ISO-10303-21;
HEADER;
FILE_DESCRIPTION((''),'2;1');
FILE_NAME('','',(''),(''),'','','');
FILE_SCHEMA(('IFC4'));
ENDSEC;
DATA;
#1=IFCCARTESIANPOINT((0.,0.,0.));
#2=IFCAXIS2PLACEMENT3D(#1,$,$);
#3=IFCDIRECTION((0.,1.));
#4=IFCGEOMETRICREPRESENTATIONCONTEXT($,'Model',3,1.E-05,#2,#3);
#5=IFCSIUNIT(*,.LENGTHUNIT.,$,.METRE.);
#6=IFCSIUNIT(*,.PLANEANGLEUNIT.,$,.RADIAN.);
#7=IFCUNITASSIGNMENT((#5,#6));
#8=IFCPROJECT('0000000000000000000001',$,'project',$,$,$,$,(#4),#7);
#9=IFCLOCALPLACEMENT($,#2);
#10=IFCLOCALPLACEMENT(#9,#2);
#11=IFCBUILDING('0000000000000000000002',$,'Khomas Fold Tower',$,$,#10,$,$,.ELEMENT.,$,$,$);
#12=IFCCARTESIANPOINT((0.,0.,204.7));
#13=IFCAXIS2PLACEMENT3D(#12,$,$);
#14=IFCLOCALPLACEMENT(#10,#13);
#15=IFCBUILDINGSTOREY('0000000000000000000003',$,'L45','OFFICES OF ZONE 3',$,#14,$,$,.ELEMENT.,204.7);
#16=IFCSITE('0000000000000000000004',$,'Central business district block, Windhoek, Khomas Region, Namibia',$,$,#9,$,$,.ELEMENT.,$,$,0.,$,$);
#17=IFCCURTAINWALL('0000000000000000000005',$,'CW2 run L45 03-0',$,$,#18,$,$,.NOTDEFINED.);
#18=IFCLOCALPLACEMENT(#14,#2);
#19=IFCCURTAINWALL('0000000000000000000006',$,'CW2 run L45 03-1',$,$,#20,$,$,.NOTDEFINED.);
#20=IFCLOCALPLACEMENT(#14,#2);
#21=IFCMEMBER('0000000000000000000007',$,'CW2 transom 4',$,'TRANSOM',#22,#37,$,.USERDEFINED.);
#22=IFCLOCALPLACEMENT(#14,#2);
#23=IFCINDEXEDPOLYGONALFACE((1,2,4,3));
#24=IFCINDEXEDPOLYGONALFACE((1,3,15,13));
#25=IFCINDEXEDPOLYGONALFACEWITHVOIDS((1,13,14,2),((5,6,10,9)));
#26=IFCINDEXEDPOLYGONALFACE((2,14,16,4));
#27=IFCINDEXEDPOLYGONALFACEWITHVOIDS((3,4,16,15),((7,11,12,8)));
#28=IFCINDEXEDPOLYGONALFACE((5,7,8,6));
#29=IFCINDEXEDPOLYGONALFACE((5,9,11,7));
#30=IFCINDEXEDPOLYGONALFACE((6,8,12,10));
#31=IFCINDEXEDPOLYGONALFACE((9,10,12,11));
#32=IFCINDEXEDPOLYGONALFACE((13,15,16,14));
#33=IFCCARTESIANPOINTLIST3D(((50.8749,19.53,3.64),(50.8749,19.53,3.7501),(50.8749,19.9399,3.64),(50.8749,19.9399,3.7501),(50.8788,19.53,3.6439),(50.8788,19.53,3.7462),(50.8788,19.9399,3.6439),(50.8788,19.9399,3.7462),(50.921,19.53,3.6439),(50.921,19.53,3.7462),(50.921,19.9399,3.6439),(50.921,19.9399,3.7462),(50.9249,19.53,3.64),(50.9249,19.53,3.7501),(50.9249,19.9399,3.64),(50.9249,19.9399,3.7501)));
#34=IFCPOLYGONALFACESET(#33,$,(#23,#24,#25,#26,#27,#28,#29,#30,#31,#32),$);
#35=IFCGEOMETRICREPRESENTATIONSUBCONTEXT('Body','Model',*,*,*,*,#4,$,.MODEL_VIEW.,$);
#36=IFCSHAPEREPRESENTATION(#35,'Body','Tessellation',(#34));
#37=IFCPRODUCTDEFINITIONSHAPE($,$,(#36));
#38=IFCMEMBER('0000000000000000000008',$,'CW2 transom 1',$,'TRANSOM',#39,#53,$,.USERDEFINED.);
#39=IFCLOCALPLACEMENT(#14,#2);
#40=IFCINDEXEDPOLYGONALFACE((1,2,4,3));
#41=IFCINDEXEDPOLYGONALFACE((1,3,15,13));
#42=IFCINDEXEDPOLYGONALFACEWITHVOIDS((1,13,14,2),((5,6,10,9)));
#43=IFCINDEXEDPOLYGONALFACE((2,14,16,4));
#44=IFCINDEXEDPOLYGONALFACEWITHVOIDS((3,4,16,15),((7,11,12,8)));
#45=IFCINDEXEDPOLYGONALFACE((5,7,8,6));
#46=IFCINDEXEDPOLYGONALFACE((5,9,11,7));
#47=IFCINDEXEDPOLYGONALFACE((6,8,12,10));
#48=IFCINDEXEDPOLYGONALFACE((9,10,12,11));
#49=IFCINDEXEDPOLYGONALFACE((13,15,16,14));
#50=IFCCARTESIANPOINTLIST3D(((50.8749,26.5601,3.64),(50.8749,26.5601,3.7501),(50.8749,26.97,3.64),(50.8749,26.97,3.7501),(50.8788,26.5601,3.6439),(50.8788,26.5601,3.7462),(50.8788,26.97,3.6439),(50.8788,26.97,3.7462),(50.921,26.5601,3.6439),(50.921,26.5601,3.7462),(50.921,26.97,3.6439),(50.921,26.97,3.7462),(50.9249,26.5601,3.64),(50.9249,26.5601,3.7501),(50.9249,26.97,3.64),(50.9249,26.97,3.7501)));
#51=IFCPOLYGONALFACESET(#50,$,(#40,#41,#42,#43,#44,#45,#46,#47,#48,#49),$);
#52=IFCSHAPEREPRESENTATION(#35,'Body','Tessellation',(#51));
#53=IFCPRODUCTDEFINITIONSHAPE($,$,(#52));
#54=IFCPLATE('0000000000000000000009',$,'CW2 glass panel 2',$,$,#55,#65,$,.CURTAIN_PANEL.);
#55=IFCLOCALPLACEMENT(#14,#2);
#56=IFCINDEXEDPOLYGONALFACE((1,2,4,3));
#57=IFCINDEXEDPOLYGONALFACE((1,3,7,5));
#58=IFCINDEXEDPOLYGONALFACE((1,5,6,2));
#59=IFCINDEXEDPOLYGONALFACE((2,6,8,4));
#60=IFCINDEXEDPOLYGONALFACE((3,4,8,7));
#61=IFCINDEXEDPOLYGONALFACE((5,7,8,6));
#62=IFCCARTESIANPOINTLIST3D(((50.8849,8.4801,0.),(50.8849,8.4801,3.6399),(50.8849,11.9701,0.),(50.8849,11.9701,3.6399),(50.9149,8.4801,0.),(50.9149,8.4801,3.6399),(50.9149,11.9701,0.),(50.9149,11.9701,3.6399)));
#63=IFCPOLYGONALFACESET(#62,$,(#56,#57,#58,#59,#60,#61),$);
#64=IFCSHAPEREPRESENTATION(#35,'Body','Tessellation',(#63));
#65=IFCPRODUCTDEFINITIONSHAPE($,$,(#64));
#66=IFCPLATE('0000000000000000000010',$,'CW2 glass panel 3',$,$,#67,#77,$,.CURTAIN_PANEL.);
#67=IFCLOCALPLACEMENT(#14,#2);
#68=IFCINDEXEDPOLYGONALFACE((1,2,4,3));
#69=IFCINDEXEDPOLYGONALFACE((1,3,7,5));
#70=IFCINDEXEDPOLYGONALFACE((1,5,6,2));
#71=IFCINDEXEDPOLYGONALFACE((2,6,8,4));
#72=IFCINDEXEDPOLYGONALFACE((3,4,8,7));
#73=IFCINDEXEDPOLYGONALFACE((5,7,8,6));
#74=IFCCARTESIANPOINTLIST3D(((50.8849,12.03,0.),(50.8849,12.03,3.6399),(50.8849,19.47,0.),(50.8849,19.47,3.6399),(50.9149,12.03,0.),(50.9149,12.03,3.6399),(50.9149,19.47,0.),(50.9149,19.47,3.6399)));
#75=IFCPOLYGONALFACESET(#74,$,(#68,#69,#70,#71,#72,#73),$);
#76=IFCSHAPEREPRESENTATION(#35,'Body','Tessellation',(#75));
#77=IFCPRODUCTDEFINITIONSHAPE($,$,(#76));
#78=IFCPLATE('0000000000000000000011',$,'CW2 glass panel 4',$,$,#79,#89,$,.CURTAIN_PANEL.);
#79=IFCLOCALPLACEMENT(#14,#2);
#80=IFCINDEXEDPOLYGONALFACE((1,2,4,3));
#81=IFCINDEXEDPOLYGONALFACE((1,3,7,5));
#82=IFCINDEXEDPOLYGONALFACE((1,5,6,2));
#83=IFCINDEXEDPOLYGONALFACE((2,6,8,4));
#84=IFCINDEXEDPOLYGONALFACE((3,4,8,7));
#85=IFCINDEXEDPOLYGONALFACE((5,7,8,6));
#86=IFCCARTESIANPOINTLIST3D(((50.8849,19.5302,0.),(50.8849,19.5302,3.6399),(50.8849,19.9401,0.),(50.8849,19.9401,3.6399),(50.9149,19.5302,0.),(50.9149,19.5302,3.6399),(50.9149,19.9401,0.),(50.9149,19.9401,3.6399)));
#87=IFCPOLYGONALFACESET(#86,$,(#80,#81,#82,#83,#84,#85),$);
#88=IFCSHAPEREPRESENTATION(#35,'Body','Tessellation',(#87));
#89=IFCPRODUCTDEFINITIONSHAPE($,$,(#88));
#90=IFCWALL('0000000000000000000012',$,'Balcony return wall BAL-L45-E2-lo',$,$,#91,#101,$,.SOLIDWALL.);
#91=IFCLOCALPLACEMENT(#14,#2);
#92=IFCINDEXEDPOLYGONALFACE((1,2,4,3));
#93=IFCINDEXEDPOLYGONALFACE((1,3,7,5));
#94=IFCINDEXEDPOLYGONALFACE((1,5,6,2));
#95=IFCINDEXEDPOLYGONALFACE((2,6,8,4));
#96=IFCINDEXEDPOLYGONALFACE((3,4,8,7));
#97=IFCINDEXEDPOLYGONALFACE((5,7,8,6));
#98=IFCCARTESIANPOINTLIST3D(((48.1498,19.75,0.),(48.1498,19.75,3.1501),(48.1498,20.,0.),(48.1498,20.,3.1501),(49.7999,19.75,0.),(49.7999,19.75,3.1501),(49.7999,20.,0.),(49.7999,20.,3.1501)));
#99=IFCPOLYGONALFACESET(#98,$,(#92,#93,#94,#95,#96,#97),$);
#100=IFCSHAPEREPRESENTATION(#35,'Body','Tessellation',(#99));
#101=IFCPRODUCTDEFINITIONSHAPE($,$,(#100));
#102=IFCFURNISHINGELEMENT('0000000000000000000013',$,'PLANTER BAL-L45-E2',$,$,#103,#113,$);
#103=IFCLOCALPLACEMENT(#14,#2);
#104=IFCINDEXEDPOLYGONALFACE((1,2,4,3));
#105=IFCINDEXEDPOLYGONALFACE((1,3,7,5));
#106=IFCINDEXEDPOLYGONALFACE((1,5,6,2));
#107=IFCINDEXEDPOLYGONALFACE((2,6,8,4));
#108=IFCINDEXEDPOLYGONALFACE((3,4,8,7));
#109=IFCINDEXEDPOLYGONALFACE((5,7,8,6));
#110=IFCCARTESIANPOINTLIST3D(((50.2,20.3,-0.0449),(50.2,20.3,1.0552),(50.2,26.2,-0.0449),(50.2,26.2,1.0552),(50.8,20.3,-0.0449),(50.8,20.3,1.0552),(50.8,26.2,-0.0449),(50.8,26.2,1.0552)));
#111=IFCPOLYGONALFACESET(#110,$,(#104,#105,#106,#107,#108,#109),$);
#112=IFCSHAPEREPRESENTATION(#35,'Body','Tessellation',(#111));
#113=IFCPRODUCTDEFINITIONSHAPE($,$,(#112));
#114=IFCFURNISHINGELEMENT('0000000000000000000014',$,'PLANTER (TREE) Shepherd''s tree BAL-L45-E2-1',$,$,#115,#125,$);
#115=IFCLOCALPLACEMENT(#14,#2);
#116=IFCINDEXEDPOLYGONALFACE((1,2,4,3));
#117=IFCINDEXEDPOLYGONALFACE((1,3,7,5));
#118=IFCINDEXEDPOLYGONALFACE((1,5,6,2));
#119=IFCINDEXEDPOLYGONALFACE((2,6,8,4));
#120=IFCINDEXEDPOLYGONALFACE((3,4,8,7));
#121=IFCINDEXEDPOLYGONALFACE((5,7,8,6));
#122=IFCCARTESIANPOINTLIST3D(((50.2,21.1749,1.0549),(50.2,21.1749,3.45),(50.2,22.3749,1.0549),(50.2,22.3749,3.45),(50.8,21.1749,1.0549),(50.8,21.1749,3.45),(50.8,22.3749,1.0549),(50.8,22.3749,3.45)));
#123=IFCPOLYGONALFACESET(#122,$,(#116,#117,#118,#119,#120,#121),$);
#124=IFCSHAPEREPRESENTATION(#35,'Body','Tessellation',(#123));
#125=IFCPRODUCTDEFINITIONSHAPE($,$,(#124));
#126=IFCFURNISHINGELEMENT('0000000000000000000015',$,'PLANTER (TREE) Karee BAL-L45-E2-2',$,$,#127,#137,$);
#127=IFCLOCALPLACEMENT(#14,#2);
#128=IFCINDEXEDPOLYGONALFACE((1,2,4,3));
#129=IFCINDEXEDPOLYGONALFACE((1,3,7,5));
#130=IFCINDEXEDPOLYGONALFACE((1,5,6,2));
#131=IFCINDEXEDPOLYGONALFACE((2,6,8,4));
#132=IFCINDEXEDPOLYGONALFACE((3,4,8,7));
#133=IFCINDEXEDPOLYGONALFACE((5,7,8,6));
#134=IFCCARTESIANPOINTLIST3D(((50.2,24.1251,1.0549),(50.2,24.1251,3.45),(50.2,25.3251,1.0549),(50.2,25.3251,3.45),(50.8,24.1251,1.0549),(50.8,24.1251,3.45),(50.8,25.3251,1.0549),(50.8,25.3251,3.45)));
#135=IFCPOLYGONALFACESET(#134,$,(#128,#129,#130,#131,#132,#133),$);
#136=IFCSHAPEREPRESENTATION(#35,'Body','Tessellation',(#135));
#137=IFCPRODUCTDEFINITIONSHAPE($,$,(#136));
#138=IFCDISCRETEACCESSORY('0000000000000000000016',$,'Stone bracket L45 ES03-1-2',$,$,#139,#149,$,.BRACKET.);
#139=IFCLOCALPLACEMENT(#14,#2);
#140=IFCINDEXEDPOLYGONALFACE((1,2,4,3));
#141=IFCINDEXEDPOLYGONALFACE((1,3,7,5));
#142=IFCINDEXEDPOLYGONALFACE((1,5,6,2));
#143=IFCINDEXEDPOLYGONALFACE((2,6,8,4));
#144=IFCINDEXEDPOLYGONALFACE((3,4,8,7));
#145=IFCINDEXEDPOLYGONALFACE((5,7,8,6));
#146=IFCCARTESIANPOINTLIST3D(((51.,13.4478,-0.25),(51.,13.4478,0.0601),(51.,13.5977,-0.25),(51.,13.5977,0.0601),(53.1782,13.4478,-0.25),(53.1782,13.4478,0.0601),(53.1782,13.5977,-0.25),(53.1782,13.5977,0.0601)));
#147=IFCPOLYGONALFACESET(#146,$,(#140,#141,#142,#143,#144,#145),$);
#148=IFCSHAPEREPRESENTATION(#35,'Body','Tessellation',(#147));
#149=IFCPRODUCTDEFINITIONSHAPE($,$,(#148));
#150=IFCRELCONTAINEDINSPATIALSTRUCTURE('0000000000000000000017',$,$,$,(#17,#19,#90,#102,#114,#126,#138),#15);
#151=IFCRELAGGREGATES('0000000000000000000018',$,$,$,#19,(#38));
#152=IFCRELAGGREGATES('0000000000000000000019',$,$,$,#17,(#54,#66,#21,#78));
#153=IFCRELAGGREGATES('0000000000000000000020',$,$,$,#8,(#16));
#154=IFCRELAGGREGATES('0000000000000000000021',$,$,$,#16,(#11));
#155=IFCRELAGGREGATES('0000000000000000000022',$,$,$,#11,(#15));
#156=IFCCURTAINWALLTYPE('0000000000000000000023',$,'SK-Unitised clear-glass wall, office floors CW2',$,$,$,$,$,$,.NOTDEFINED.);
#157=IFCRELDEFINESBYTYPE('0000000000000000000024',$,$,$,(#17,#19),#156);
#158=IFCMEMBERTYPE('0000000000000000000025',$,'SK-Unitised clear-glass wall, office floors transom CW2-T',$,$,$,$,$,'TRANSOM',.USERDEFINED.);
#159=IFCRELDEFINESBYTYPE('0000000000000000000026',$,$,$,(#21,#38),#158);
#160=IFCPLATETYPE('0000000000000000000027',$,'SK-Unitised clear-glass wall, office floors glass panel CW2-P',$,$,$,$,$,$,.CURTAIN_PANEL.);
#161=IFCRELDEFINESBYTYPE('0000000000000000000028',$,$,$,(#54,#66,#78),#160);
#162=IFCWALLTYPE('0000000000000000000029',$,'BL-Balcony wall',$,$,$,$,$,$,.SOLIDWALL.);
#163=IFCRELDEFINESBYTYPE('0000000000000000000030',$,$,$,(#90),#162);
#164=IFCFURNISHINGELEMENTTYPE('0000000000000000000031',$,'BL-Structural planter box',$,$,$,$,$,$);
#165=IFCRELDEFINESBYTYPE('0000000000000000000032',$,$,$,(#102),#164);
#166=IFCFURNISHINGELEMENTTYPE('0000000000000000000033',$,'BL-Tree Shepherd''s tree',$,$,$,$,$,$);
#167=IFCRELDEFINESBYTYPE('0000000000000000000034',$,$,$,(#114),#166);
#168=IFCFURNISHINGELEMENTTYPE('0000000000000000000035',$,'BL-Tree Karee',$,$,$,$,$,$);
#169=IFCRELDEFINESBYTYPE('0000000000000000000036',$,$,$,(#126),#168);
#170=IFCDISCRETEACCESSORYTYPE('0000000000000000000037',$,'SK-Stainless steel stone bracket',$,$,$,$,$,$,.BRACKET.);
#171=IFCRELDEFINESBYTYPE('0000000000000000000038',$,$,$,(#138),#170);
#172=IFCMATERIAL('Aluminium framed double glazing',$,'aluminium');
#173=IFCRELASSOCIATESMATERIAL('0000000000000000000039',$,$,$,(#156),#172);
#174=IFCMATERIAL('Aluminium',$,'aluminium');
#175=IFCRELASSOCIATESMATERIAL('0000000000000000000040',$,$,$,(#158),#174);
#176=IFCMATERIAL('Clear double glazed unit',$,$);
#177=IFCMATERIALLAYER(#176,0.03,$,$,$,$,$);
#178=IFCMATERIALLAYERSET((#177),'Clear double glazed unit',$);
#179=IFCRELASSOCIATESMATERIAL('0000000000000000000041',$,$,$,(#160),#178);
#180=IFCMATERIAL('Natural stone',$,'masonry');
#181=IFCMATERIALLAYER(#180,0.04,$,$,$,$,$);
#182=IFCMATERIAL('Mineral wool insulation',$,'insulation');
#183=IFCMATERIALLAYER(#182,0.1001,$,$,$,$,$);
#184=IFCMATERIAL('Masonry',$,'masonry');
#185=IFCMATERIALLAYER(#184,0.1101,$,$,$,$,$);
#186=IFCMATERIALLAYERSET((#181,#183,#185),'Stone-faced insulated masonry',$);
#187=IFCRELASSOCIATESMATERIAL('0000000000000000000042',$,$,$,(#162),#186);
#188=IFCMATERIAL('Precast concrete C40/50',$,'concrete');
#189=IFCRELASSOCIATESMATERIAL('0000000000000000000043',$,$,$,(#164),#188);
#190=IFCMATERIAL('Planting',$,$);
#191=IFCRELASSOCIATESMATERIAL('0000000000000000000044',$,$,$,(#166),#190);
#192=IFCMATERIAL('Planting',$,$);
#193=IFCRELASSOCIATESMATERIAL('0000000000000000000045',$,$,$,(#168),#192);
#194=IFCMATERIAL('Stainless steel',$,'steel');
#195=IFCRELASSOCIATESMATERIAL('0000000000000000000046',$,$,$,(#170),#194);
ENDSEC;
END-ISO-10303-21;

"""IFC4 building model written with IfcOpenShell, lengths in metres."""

from ifc_helpers import new_model, si_unit, direction, frame, frame_2d, origin, origin_2d, place, context, subcontext, project, spatial, rectangle, hollow_rectangle, extrude, source, transform, mapped, material, layer, layer_set, material_profile, profile_set, type_object, element, aggregate, save


model = new_model("IFC4")

# Units and contexts
model_context = context("Model", 3, precision=1e-05, world=origin(), true_north=direction((0.0, 1.0)))
body_context = subcontext(model_context, "Body", "Model", "MODEL_VIEW")
ifc_project = project(units=[si_unit("LENGTHUNIT", "METRE"), si_unit("PLANEANGLEUNIT", "RADIAN")], contexts=[model_context])

# Site, building, storey
site_placement = place(None, origin())
site = spatial("IfcSite", under=ifc_project, at=site_placement, Name="Central business district block, Windhoek, Khomas Region, Namibia", CompositionType="ELEMENT", RefElevation=0.0)
building_placement = place(site_placement, origin())
building = spatial("IfcBuilding", under=site, at=building_placement, Name="Khomas Fold Tower", CompositionType="ELEMENT")
storey_placement = place(building_placement, frame((0.0, 0.0, 204.7)))
storey = spatial("IfcBuildingStorey", under=building, at=storey_placement, Name="L45", Description="OFFICES OF ZONE 3", CompositionType="ELEMENT", Elevation=204.7)

# Curtain wall
ifc_material_1 = material(Name="Aluminium framed double glazing", Category="aluminium")
curtain_wall_type = type_object("IfcCurtainWallType", Name="SK-Unitised clear-glass wall, office floors CW2", PredefinedType="NOTDEFINED", material=ifc_material_1)
curtain_wall_1_placement = place(storey_placement, origin())
curtain_wall_1 = element("IfcCurtainWall", 1, at=curtain_wall_1_placement, inside=storey, type_object=curtain_wall_type, Name="CW2 run L45 03-0", PredefinedType="NOTDEFINED")

# Curtain wall
curtain_wall_2_placement = place(storey_placement, origin())
curtain_wall_2 = element("IfcCurtainWall", 2, at=curtain_wall_2_placement, inside=storey, type_object=curtain_wall_type, Name="CW2 run L45 03-1", PredefinedType="NOTDEFINED")

# Members
ifc_material_2 = material(Name="Aluminium", Category="aluminium")
ifc_material_profile_1 = material_profile(ifc_material_2, hollow_rectangle(XDim=0.05, YDim=0.1101, WallThickness=0.0039, at=origin_2d()), Name="SK-Unitised clear-glass wall, office floors transom CW2-T")
ifc_profile_set_1 = profile_set([ifc_material_profile_1], Name="Aluminium")
member_type_1 = type_object("IfcMemberType", Name="SK-Unitised clear-glass wall, office floors transom CW2-T", ElementType="TRANSOM", PredefinedType="USERDEFINED", material=ifc_profile_set_1)
shared_shape_1 = source(origin(), body_context, "Body", "SweptSolid", [
    extrude(hollow_rectangle(XDim=0.05, YDim=0.1101, WallThickness=0.0039, at=origin_2d()), origin(), (0.0, 0.0, 1.0), 0.4099),
])
member_1_placement = place(storey_placement, frame((50.8999, 19.53, 3.6951), z_axis=(0.0, 1.0, 0.0), x_axis=(-1.0, 0.0, 0.0)))
member_1 = element("IfcMember", 3, at=member_1_placement, type_object=member_type_1, Name="CW2 transom 4", ObjectType="TRANSOM", PredefinedType="USERDEFINED", context=body_context, shape_type="MappedRepresentation", body=[
    mapped(shared_shape_1, transform((0.0, 0.0, 0.0))),
])
member_2_placement = place(storey_placement, frame((50.8999, 26.5601, 3.6951), z_axis=(0.0, 1.0, 0.0), x_axis=(-1.0, 0.0, 0.0)))
member_2 = element("IfcMember", 4, at=member_2_placement, type_object=member_type_1, Name="CW2 transom 1", ObjectType="TRANSOM", PredefinedType="USERDEFINED", context=body_context, shape_type="MappedRepresentation", body=[
    mapped(shared_shape_1, transform((0.0, 0.0, 0.0))),
])
aggregate(curtain_wall_2, [member_2])

# Plates
ifc_material_3 = material(Name="Clear double glazed unit")
ifc_layer_1 = layer(ifc_material_3, 0.03)
ifc_layer_set_1 = layer_set([ifc_layer_1], Name="Clear double glazed unit")
plate_type = type_object("IfcPlateType", Name="SK-Unitised clear-glass wall, office floors glass panel CW2-P", PredefinedType="CURTAIN_PANEL", material=ifc_layer_set_1)
shared_shape_2 = source(origin(), body_context, "Body", "SweptSolid", [
    extrude(rectangle(XDim=3.49, YDim=0.03, at=origin_2d()), origin(), (0.0, 0.0, 1.0), 3.6399),
])
plate_1_placement = place(storey_placement, frame((50.8999, 10.2251, 0.0), z_axis=(0.0, 0.0, 1.0), x_axis=(0.0, 1.0, 0.0)))
plate_1 = element("IfcPlate", 5, at=plate_1_placement, type_object=plate_type, Name="CW2 glass panel 2", PredefinedType="CURTAIN_PANEL", context=body_context, shape_type="MappedRepresentation", body=[
    mapped(shared_shape_2, transform((0.0, 0.0, 0.0))),
])
shared_shape_3 = source(origin(), body_context, "Body", "SweptSolid", [
    extrude(rectangle(XDim=7.4399, YDim=0.03, at=origin_2d()), origin(), (0.0, 0.0, 1.0), 3.6399),
])
plate_2_placement = place(storey_placement, frame((50.8999, 15.75, 0.0), z_axis=(0.0, 0.0, 1.0), x_axis=(0.0, 1.0, 0.0)))
plate_2 = element("IfcPlate", 6, at=plate_2_placement, type_object=plate_type, Name="CW2 glass panel 3", PredefinedType="CURTAIN_PANEL", context=body_context, shape_type="MappedRepresentation", body=[
    mapped(shared_shape_3, transform((0.0, 0.0, 0.0))),
])
shared_shape_4 = source(origin(), body_context, "Body", "SweptSolid", [
    extrude(rectangle(XDim=0.4099, YDim=0.03, at=origin_2d()), origin(), (0.0, 0.0, 1.0), 3.6399),
])
plate_3_placement = place(storey_placement, frame((50.8999, 19.7351, 0.0), z_axis=(0.0, 0.0, 1.0), x_axis=(0.0, 1.0, 0.0)))
plate_3 = element("IfcPlate", 7, at=plate_3_placement, type_object=plate_type, Name="CW2 glass panel 4", PredefinedType="CURTAIN_PANEL", context=body_context, shape_type="MappedRepresentation", body=[
    mapped(shared_shape_4, transform((0.0, 0.0, 0.0))),
])
aggregate(curtain_wall_1, [plate_1, plate_2, member_1, plate_3])

# Shared definitions
ifc_material_4 = material(Name="Natural stone", Category="masonry")
ifc_layer_2 = layer(ifc_material_4, 0.04)
ifc_material_5 = material(Name="Mineral wool insulation", Category="insulation")
ifc_layer_3 = layer(ifc_material_5, 0.1001)
ifc_material_6 = material(Name="Masonry", Category="masonry")
ifc_layer_4 = layer(ifc_material_6, 0.1101)
ifc_layer_set_2 = layer_set([ifc_layer_2, ifc_layer_3, ifc_layer_4], Name="Stone-faced insulated masonry")
wall_type = type_object("IfcWallType", Name="BL-Balcony wall", PredefinedType="SOLIDWALL", material=ifc_layer_set_2)

# Wall
shared_shape_5 = source(origin(), body_context, "Body", "SweptSolid", [
    extrude(rectangle(XDim=1.6501, YDim=0.25, at=frame_2d((0.8252, 0.0))), origin(), (0.0, 0.0, 1.0), 3.1501),
])
wall_1_placement = place(storey_placement, frame((49.8, 19.875, 0.0), z_axis=(0.0, 0.0, 1.0), x_axis=(-1.0, 0.0, 0.0)))
element("IfcWall", 8, at=wall_1_placement, inside=storey, type_object=wall_type, Name="Balcony return wall BAL-L45-E2-lo", PredefinedType="SOLIDWALL", context=body_context, shape_type="MappedRepresentation", body=[
    mapped(shared_shape_5, transform((0.0, 0.0, 0.0))),
])

# Furnishing elements
ifc_material_7 = material(Name="Precast concrete C40/50", Category="concrete")
furnishing_element_type_1 = type_object("IfcFurnishingElementType", Name="BL-Structural planter box", material=ifc_material_7)
shared_shape_6 = source(origin(), body_context, "Body", "SweptSolid", [
    extrude(rectangle(XDim=5.8999, YDim=0.6001, at=origin_2d()), origin(), (0.0, 0.0, 1.0), 1.1001),
])
furnishing_1_placement = place(storey_placement, frame((50.5, 23.25, -0.0449), z_axis=(0.0, 0.0, 1.0), x_axis=(0.0, 1.0, 0.0)))
element("IfcFurnishingElement", 9, at=furnishing_1_placement, inside=storey, type_object=furnishing_element_type_1, Name="PLANTER BAL-L45-E2", context=body_context, shape_type="MappedRepresentation", body=[
    mapped(shared_shape_6, transform((0.0, 0.0, 0.0))),
])
ifc_material_8 = material(Name="Planting")
furnishing_element_type_2 = type_object("IfcFurnishingElementType", Name="BL-Tree Shepherd's tree", material=ifc_material_8)
shared_shape_7 = source(origin(), body_context, "Body", "SweptSolid", [
    extrude(rectangle(XDim=1.2, YDim=0.6001, at=origin_2d()), origin(), (0.0, 0.0, 1.0), 2.395),
])
furnishing_2_placement = place(storey_placement, frame((50.5, 21.7749, 1.0549), z_axis=(0.0, 0.0, 1.0), x_axis=(0.0, 1.0, 0.0)))
element("IfcFurnishingElement", 10, at=furnishing_2_placement, inside=storey, type_object=furnishing_element_type_2, Name="PLANTER (TREE) Shepherd's tree BAL-L45-E2-1", context=body_context, shape_type="MappedRepresentation", body=[
    mapped(shared_shape_7, transform((0.0, 0.0, 0.0))),
])
ifc_material_9 = material(Name="Planting")
furnishing_element_type_3 = type_object("IfcFurnishingElementType", Name="BL-Tree Karee", material=ifc_material_9)
furnishing_3_placement = place(storey_placement, frame((50.5, 24.7251, 1.0549), z_axis=(0.0, 0.0, 1.0), x_axis=(0.0, 1.0, 0.0)))
element("IfcFurnishingElement", 11, at=furnishing_3_placement, inside=storey, type_object=furnishing_element_type_3, Name="PLANTER (TREE) Karee BAL-L45-E2-2", context=body_context, shape_type="MappedRepresentation", body=[
    mapped(shared_shape_7, transform((0.0, 0.0, 0.0))),
])

# Discrete accessory
ifc_material_10 = material(Name="Stainless steel", Category="steel")
discrete_accessory_type = type_object("IfcDiscreteAccessoryType", Name="SK-Stainless steel stone bracket", PredefinedType="BRACKET", material=ifc_material_10)
shared_shape_8 = source(origin(), body_context, "Body", "SweptSolid", [
    extrude(rectangle(XDim=2.1782, YDim=0.1499, at=origin_2d()), origin(), (0.0, 0.0, 1.0), 0.3101),
])
discrete_accessory_placement = place(storey_placement, frame((52.0891, 13.5227, -0.25), z_axis=(0.0, 0.0, 1.0), x_axis=(1.0, 0.0, 0.0)))
element("IfcDiscreteAccessory", 12, at=discrete_accessory_placement, inside=storey, type_object=discrete_accessory_type, Name="Stone bracket L45 ES03-1-2", PredefinedType="BRACKET", context=body_context, shape_type="MappedRepresentation", body=[
    mapped(shared_shape_8, transform((0.0, 0.0, 0.0))),
])

save(model, "model.ifc")
